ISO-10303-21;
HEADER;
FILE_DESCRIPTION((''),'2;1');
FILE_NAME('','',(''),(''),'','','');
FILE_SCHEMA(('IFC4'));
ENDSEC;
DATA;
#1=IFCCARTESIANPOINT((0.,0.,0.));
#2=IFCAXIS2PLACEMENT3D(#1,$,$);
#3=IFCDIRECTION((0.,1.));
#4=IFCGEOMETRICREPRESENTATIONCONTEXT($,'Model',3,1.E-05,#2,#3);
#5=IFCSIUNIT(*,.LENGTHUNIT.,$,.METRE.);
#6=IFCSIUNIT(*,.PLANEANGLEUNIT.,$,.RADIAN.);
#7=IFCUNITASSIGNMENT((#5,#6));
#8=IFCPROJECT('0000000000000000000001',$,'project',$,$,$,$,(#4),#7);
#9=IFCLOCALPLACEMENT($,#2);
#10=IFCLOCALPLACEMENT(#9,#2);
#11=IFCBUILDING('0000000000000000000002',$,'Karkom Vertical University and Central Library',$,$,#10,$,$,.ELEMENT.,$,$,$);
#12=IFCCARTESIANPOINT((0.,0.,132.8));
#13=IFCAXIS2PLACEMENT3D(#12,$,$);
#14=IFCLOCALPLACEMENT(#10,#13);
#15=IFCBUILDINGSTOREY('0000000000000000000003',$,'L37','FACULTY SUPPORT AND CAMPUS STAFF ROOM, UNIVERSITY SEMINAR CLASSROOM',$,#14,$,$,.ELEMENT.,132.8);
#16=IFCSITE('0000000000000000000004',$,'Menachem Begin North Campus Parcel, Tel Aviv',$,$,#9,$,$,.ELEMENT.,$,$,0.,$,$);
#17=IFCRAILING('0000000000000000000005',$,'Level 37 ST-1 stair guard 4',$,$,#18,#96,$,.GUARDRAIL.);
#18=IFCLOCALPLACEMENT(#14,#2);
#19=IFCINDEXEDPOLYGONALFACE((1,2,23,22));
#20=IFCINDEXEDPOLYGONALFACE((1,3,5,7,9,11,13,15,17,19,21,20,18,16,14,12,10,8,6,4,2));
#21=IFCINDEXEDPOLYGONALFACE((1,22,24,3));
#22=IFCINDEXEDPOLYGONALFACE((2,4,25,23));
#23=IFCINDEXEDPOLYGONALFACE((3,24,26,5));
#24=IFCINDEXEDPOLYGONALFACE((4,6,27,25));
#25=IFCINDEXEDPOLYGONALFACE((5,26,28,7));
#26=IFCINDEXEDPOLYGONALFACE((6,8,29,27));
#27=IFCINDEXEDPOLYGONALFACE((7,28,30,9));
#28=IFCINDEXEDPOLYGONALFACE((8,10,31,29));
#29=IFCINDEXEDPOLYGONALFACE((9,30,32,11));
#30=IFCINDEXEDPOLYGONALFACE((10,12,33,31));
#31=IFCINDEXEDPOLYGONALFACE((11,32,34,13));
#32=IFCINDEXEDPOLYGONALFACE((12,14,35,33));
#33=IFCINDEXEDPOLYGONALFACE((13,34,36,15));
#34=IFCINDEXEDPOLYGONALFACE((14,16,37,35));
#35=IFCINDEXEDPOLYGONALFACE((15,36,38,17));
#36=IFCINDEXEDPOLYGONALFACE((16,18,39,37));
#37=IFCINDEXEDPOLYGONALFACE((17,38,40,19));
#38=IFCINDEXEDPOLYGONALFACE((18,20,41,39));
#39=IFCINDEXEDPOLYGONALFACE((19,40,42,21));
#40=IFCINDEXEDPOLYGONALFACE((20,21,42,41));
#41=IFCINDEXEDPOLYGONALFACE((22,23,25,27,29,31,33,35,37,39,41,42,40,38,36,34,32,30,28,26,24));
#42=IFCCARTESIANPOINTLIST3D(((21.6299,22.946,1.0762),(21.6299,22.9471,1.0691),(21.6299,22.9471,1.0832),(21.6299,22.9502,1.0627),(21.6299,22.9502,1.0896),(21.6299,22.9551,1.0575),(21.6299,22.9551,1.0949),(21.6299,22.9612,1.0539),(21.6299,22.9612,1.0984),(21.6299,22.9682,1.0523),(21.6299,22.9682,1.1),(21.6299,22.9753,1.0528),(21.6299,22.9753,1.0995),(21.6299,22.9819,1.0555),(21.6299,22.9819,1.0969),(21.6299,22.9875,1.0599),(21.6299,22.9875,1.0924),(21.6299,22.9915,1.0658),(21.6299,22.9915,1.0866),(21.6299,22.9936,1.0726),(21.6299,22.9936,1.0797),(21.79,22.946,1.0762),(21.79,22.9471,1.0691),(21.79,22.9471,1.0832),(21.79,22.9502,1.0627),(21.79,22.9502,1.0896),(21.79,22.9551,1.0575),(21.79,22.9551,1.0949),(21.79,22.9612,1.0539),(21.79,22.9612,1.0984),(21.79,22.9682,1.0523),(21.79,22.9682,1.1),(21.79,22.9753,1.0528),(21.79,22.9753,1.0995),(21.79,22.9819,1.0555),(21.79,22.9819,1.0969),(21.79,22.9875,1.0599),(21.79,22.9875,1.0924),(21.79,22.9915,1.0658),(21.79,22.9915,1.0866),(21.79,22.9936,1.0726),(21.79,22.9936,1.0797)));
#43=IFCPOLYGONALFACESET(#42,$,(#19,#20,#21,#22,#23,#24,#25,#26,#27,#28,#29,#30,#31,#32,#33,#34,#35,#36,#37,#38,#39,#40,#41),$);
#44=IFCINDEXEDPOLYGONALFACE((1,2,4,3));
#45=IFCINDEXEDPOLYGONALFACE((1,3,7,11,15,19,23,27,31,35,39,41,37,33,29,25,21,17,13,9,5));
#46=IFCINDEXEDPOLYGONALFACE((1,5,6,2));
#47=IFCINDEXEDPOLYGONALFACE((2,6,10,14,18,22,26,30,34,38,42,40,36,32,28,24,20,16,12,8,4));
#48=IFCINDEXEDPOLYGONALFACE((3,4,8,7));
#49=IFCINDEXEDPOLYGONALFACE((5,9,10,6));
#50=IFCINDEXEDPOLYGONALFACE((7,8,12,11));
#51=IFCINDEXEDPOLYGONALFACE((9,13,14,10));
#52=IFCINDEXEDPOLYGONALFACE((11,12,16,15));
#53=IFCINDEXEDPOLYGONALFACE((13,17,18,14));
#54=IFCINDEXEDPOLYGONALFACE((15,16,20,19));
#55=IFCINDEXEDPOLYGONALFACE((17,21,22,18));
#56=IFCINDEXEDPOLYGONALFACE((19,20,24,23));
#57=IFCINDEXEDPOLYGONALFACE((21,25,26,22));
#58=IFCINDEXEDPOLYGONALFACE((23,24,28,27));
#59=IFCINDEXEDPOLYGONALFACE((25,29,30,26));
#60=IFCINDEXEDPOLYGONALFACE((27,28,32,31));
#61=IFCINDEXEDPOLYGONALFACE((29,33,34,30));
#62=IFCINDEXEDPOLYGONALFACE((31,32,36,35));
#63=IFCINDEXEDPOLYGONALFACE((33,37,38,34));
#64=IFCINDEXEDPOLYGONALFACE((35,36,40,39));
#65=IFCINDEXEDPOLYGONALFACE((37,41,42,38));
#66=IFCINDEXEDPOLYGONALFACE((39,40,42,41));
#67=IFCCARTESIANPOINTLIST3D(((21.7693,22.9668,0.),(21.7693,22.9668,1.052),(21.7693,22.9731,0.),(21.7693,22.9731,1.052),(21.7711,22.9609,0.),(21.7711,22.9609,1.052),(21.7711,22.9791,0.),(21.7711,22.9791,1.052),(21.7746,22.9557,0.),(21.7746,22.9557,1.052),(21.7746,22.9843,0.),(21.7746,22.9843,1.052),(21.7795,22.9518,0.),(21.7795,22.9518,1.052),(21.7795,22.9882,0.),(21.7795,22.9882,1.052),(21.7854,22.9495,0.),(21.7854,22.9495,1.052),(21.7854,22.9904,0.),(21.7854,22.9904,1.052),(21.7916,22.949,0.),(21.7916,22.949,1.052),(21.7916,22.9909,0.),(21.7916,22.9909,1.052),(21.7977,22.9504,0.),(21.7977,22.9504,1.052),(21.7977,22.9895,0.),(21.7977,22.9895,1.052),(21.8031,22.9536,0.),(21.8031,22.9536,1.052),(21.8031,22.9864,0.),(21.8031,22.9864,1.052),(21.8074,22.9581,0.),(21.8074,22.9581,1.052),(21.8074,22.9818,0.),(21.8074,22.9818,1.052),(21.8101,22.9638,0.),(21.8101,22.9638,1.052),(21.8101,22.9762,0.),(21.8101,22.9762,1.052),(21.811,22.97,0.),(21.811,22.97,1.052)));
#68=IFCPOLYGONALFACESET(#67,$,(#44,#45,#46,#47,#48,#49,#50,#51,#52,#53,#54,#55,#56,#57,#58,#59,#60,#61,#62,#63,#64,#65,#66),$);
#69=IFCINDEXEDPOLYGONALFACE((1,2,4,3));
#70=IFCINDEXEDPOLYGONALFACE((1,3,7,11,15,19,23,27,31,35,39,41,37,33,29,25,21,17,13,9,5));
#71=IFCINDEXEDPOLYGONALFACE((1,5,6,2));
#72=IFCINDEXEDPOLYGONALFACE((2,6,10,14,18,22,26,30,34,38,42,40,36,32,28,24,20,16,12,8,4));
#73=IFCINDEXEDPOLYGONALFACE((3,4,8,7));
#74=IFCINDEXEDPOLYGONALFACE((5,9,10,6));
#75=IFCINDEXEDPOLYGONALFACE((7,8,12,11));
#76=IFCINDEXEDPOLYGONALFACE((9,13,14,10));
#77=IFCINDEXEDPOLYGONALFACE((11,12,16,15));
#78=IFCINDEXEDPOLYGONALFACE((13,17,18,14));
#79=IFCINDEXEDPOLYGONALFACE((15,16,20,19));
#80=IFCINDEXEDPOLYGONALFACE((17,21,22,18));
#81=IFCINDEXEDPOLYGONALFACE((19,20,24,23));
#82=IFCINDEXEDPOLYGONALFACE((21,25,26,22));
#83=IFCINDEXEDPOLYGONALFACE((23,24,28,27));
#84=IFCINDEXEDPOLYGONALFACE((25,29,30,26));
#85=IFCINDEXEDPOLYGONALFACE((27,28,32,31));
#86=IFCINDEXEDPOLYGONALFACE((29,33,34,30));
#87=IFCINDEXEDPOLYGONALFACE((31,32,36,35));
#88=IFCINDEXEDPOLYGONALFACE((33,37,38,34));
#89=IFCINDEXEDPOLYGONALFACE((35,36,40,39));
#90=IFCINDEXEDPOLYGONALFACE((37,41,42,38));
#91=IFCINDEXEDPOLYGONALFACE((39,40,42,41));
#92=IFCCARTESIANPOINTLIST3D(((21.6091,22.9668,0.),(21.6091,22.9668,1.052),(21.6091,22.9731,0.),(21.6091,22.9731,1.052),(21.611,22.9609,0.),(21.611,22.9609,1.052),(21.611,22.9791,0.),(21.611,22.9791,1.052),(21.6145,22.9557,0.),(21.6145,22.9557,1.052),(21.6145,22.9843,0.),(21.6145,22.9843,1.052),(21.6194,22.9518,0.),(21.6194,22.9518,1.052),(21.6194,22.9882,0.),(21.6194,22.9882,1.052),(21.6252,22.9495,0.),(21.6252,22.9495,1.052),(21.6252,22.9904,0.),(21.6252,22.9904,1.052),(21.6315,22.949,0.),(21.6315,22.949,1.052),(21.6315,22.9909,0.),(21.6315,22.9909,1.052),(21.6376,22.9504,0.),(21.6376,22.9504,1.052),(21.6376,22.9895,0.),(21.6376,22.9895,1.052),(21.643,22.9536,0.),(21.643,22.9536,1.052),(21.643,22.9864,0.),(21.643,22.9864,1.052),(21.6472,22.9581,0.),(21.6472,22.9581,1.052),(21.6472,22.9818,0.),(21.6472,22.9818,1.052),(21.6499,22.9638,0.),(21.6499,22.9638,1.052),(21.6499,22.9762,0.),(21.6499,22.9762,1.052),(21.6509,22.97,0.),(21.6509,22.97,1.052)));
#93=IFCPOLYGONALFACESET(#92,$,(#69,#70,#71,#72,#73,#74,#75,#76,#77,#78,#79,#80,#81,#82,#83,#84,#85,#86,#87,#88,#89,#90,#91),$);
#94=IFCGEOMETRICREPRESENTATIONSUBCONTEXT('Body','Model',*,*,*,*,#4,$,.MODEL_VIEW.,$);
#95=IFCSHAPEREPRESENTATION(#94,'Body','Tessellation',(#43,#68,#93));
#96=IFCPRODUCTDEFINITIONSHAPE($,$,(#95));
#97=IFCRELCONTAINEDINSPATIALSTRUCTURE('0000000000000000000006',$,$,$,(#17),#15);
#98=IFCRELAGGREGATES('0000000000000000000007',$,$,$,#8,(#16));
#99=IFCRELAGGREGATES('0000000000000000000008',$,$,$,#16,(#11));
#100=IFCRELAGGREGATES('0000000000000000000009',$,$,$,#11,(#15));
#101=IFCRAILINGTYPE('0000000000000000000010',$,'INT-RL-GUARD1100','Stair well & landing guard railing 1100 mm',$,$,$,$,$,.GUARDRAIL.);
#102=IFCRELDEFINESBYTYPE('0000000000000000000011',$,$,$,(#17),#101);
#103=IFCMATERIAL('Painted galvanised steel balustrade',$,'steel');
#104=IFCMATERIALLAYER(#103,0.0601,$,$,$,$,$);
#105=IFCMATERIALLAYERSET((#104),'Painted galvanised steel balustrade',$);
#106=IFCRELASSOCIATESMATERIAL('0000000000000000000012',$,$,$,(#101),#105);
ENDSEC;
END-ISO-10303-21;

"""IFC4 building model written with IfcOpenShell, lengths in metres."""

from ifc_helpers import new_model, si_unit, direction, frame, origin, origin_2d, place, context, subcontext, project, spatial, circle, extrude, material, layer, layer_set, type_object, element, save


model = new_model("IFC4")

# Units and contexts
model_context = context("Model", 3, precision=1e-05, world=origin(), true_north=direction((0.0, 1.0)))
body_context = subcontext(model_context, "Body", "Model", "MODEL_VIEW")
ifc_project = project(units=[si_unit("LENGTHUNIT", "METRE"), si_unit("PLANEANGLEUNIT", "RADIAN")], contexts=[model_context])

# Site, building, storey
site_placement = place(None, origin())
site = spatial("IfcSite", under=ifc_project, at=site_placement, Name="Menachem Begin North Campus Parcel, Tel Aviv", CompositionType="ELEMENT", RefElevation=0.0)
building_placement = place(site_placement, origin())
building = spatial("IfcBuilding", under=site, at=building_placement, Name="Karkom Vertical University and Central Library", CompositionType="ELEMENT")
storey_placement = place(building_placement, frame((0.0, 0.0, 132.8)))
storey = spatial("IfcBuildingStorey", under=building, at=storey_placement, Name="L37", Description="FACULTY SUPPORT AND CAMPUS STAFF ROOM, UNIVERSITY SEMINAR CLASSROOM", CompositionType="ELEMENT", Elevation=132.8)

# Railing
ifc_material_1 = material(Name="Painted galvanised steel balustrade", Category="steel")
ifc_layer_1 = layer(ifc_material_1, 0.0601)
ifc_layer_set_1 = layer_set([ifc_layer_1], Name="Painted galvanised steel balustrade")
railing_type_1 = type_object("IfcRailingType", Name="INT-RL-GUARD1100", Description="Stair well & landing guard railing 1100 mm", PredefinedType="GUARDRAIL", material=ifc_layer_set_1)
railing_1_placement = place(storey_placement, frame((21.79, 22.97, 0.0)))
element("IfcRailing", 1, at=railing_1_placement, inside=storey, type_object=railing_type_1, Name="Level 37 ST-1 stair guard 4", PredefinedType="GUARDRAIL", context=body_context, shape_type="SweptSolid", body=[
    extrude(circle(Radius=0.0239, at=origin_2d()), frame((0.0, 0.0, 1.0762), z_axis=(-1.0, 0.0, 0.0), x_axis=(0.0, -1.0, 0.0)), (0.0, 0.0, 1.0), 0.1602),
    extrude(circle(Radius=0.021, at=origin_2d()), origin(), (0.0, 0.0, 1.0), 1.052),
    extrude(circle(Radius=0.021, at=origin_2d()), frame((-0.1602, 0.0, 0.0)), (0.0, 0.0, 1.0), 1.052),
])

save(model, "model.ifc")
